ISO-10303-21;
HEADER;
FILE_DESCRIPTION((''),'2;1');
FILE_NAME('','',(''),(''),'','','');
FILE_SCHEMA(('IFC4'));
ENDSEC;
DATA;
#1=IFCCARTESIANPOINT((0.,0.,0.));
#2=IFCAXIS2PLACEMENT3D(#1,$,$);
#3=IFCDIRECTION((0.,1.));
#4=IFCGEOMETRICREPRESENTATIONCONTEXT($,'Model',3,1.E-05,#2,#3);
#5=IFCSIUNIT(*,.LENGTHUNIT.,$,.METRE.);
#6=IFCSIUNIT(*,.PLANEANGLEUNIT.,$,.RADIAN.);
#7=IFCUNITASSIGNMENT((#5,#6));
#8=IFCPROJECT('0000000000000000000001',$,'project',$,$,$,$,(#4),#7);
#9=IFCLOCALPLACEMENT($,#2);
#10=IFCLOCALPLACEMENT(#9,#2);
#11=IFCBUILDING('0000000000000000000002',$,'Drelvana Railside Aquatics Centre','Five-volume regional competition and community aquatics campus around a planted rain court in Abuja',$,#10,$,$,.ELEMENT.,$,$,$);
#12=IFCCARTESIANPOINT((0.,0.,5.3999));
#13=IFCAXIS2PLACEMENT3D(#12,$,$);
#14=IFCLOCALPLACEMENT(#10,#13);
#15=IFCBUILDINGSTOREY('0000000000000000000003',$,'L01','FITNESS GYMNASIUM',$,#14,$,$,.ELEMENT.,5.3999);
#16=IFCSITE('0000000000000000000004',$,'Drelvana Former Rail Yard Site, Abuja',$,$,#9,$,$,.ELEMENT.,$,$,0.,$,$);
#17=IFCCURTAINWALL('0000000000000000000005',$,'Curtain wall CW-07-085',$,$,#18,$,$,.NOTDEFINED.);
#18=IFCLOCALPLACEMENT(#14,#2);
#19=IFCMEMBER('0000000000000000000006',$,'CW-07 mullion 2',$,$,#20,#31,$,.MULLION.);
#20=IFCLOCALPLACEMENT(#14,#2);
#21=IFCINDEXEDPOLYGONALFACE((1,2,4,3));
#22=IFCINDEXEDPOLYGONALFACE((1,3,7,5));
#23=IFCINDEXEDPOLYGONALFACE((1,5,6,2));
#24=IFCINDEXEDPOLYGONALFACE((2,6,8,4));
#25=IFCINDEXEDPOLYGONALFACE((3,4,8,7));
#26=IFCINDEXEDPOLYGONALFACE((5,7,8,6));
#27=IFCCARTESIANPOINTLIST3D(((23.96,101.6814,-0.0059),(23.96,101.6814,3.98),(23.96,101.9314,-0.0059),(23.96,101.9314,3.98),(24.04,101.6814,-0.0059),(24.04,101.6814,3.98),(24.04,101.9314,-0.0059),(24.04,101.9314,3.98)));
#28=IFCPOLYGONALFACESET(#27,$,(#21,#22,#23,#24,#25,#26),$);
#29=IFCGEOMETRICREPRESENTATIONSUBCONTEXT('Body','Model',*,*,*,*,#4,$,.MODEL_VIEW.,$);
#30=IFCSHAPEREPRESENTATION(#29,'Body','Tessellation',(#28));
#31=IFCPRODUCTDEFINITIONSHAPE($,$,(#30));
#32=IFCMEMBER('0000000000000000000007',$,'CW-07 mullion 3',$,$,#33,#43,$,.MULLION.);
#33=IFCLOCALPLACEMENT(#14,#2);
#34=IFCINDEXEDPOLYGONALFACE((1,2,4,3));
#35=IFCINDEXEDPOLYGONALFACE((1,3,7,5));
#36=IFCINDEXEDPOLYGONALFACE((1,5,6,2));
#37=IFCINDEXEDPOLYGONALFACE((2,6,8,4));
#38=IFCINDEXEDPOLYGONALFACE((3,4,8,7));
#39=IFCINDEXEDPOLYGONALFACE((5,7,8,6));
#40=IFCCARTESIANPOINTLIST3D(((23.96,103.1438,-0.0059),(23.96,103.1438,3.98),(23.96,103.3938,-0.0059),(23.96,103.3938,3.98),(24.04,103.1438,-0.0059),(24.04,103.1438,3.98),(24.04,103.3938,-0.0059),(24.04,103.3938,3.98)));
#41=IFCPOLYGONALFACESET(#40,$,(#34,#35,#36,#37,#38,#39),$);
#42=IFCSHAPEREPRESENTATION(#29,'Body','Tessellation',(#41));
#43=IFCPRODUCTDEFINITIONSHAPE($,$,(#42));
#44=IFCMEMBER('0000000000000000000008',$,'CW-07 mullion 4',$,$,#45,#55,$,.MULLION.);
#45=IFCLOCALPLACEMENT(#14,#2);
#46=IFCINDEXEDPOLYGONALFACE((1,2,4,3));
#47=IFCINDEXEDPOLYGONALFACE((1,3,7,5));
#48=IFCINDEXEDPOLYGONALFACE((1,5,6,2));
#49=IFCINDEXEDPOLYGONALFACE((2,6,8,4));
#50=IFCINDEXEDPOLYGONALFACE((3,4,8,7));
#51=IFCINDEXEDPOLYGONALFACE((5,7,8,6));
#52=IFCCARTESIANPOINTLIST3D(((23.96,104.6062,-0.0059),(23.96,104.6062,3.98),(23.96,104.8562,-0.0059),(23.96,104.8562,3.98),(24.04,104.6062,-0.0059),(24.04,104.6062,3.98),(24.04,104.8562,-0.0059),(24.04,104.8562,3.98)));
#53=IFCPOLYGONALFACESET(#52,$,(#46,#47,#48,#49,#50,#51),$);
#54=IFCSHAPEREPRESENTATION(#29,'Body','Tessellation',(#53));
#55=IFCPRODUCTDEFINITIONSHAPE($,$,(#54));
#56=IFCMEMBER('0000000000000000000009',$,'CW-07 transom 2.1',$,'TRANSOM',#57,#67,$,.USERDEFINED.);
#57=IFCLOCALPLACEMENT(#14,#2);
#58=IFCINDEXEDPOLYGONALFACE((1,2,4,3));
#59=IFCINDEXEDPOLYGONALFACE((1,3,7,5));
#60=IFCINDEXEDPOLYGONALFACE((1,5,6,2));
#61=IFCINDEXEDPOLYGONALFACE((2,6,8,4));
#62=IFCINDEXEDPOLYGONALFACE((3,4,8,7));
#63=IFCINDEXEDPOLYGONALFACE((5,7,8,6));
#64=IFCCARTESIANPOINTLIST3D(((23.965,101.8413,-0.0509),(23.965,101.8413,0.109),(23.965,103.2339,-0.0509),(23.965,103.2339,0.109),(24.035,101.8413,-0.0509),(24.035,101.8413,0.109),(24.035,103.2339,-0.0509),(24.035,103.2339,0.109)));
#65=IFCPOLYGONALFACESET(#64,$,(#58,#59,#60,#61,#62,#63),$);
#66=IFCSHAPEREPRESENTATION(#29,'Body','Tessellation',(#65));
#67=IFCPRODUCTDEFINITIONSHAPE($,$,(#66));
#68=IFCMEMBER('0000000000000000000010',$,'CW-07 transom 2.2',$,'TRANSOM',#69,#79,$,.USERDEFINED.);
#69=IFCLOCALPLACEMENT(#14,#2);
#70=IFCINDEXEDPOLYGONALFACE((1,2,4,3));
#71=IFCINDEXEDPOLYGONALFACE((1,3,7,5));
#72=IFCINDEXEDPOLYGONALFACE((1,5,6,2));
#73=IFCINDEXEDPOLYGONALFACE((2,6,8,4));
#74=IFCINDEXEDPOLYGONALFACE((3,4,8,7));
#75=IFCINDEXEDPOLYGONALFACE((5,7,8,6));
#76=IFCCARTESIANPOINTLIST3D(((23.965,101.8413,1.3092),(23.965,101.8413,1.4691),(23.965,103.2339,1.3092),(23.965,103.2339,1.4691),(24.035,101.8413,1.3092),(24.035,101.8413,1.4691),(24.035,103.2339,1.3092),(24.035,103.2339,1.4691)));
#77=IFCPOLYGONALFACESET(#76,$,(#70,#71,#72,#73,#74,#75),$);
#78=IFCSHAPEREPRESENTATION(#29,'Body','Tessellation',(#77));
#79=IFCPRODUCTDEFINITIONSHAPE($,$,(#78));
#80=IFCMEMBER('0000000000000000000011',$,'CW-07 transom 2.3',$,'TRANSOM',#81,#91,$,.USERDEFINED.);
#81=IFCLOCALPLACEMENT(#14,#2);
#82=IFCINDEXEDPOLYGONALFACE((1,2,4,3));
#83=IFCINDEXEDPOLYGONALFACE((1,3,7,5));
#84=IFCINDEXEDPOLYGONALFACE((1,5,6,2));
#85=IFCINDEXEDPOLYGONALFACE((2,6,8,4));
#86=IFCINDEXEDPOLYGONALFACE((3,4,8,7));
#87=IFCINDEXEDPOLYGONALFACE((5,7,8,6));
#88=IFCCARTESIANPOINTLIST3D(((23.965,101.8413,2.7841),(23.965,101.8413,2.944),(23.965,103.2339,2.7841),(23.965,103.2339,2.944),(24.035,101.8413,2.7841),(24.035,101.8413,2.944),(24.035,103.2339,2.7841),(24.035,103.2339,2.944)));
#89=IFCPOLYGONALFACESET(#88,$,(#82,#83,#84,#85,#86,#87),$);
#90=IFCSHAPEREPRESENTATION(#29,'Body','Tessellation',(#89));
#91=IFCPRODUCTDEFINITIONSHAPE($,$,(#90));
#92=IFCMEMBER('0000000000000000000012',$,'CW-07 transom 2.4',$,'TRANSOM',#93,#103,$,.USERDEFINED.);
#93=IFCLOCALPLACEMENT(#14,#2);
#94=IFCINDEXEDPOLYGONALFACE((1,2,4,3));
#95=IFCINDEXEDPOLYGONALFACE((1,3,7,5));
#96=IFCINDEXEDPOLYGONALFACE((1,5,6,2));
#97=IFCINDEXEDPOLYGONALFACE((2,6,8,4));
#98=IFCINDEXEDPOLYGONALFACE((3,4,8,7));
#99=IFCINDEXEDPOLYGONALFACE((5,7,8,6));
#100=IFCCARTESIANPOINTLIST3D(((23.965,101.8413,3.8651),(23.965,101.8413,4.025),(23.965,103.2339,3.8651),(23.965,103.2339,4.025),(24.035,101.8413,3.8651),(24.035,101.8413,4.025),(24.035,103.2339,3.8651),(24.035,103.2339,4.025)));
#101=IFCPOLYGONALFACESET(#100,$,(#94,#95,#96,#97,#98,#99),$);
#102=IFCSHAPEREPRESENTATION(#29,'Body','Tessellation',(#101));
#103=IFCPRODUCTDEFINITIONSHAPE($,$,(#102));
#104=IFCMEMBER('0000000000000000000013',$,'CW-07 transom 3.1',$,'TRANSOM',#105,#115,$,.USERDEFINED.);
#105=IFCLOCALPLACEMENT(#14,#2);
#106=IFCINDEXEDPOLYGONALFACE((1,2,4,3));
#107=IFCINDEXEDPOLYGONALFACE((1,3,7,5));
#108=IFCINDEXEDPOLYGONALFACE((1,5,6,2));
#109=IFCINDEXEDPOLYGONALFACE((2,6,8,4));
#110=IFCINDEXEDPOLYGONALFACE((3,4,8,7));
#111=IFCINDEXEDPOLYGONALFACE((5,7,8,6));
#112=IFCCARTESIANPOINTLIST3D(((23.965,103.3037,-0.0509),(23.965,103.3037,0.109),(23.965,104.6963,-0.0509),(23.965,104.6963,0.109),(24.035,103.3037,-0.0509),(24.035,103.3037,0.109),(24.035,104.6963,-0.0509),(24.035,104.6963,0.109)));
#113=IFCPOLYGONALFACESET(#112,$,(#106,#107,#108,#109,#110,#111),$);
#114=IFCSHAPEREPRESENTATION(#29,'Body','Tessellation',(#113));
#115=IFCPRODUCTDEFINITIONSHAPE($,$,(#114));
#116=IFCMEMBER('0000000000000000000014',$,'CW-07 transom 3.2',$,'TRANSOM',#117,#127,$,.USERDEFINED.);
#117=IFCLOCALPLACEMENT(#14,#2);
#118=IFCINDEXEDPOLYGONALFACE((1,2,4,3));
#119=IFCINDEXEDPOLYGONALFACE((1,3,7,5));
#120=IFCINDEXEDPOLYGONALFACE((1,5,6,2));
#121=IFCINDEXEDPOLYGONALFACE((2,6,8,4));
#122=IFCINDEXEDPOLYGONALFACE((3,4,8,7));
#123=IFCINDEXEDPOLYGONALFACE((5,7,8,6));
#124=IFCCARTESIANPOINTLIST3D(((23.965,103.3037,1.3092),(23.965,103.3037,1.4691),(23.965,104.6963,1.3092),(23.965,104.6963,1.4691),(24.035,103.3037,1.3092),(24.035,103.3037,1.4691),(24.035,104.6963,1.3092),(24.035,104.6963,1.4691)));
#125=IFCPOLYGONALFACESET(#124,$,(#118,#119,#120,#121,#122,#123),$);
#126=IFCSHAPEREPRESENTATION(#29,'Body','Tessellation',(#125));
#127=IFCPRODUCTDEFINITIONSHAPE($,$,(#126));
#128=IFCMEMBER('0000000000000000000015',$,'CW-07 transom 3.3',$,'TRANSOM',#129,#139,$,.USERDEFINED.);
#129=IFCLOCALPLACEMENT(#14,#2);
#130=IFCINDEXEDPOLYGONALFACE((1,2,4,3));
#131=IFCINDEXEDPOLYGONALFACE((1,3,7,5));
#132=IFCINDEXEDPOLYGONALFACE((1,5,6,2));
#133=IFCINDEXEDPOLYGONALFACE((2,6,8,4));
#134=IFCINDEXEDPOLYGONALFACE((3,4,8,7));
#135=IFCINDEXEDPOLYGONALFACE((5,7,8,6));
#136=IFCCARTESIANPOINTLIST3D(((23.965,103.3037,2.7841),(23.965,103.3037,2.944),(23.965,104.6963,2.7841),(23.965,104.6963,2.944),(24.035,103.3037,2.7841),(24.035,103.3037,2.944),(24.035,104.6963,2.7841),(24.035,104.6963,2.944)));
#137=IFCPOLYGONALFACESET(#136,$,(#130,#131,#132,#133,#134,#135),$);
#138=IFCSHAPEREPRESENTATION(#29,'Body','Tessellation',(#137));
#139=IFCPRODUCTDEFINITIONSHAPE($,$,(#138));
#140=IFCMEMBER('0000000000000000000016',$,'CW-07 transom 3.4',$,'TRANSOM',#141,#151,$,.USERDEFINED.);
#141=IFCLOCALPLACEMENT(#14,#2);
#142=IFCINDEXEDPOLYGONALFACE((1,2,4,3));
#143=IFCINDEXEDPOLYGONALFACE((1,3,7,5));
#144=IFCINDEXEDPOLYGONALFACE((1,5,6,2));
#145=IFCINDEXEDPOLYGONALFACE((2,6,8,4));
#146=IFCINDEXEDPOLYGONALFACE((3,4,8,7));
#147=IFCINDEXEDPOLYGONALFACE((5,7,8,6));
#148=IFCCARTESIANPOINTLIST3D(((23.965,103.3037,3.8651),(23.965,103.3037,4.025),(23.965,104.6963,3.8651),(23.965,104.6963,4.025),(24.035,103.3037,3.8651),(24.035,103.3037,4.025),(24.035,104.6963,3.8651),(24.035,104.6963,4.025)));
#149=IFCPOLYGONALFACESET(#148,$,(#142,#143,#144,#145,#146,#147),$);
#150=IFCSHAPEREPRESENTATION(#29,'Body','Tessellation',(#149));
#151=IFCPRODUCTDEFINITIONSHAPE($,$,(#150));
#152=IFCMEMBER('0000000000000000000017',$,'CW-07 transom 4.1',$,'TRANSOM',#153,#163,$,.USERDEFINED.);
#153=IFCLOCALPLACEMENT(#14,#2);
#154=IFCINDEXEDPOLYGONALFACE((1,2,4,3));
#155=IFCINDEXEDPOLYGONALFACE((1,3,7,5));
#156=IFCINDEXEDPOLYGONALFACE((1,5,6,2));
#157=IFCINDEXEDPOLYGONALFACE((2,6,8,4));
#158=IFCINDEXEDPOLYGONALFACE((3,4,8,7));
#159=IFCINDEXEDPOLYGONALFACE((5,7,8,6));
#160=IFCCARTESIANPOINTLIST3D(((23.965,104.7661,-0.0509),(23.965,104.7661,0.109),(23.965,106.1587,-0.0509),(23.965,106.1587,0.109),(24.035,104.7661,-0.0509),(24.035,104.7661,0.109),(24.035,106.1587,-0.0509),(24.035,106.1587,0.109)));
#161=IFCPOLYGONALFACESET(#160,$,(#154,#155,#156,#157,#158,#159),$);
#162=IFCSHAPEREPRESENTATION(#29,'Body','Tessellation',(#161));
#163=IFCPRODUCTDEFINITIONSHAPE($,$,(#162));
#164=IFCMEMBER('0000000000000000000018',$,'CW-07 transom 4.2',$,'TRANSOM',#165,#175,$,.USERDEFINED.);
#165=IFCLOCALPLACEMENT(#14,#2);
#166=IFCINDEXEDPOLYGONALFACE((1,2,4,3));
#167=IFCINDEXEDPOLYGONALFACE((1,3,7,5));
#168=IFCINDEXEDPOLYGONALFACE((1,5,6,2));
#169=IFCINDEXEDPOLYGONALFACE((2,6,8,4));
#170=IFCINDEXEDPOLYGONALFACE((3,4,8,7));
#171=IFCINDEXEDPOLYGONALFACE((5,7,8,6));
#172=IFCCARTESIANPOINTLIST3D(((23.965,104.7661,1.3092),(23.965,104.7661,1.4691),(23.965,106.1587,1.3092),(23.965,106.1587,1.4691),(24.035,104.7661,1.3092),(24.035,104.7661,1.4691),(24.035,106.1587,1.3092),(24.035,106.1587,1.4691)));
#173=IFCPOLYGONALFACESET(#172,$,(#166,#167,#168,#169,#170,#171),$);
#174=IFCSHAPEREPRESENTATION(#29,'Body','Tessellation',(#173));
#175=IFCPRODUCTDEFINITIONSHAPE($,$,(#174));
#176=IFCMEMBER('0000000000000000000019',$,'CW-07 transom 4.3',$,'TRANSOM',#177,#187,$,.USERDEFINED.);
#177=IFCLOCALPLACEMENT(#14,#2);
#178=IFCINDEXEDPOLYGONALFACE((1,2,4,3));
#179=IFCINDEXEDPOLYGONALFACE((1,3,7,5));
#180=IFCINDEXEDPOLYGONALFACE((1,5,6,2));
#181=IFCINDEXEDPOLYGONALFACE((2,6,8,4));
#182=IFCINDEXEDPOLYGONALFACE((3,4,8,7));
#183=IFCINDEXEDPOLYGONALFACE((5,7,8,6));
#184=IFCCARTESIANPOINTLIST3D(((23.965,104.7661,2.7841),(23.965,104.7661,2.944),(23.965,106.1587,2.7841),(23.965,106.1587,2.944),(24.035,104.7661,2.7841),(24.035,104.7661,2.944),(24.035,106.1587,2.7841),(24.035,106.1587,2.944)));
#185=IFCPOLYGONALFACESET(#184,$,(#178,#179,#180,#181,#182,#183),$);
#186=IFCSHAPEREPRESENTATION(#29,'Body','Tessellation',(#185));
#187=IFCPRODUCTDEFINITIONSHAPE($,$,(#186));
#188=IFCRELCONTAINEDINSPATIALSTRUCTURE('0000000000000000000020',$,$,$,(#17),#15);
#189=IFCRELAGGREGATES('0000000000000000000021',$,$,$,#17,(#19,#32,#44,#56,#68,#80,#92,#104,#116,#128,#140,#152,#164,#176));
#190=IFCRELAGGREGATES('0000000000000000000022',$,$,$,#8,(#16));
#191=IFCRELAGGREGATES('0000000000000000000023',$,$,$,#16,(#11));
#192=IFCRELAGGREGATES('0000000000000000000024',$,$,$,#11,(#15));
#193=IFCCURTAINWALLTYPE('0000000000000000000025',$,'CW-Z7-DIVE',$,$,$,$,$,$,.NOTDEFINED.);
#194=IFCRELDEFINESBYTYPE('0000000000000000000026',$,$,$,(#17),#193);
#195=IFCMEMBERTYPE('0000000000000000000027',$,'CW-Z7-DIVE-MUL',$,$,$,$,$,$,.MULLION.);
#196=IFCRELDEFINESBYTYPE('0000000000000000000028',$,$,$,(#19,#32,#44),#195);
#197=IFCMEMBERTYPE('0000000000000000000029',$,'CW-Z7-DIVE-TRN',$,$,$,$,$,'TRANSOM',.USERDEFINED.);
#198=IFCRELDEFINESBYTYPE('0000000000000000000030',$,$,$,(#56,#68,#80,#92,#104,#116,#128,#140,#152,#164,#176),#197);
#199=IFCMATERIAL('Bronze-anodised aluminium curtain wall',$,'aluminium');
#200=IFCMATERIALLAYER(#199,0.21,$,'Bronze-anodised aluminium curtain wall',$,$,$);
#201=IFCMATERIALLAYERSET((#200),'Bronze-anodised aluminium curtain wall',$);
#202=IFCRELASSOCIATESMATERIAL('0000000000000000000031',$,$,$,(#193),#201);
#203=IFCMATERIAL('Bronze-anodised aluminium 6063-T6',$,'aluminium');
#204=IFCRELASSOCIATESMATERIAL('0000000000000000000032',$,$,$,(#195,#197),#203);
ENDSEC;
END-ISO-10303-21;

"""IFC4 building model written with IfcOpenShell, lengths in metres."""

from ifc_helpers import new_model, si_unit, direction, frame, origin, origin_2d, place, context, subcontext, project, spatial, rectangle, extrude, material, layer, layer_set, material_profile, profile_set, type_object, element, aggregate, save


model = new_model("IFC4")

# Units and contexts
model_context = context("Model", 3, precision=1e-05, world=origin(), true_north=direction((0.0, 1.0)))
body_context = subcontext(model_context, "Body", "Model", "MODEL_VIEW")
ifc_project = project(units=[si_unit("LENGTHUNIT", "METRE"), si_unit("PLANEANGLEUNIT", "RADIAN")], contexts=[model_context])

# Site, building, storey
site_placement = place(None, origin())
site = spatial("IfcSite", under=ifc_project, at=site_placement, Name="Drelvana Former Rail Yard Site, Abuja", CompositionType="ELEMENT", RefElevation=0.0)
building_placement = place(site_placement, origin())
building = spatial("IfcBuilding", under=site, at=building_placement, Name="Drelvana Railside Aquatics Centre", Description="Five-volume regional competition and community aquatics campus around a planted rain court in Abuja", CompositionType="ELEMENT")
storey_placement = place(building_placement, frame((0.0, 0.0, 5.3999)))
storey = spatial("IfcBuildingStorey", under=building, at=storey_placement, Name="L01", Description="FITNESS GYMNASIUM", CompositionType="ELEMENT", Elevation=5.3999)

# Curtain wall, members
ifc_material_1 = material(Name="Bronze-anodised aluminium curtain wall", Category="aluminium")
ifc_layer_1 = layer(ifc_material_1, 0.21, Name="Bronze-anodised aluminium curtain wall")
ifc_layer_set_1 = layer_set([ifc_layer_1], Name="Bronze-anodised aluminium curtain wall")
curtain_wall_type = type_object("IfcCurtainWallType", Name="CW-Z7-DIVE", PredefinedType="NOTDEFINED", material=ifc_layer_set_1)
curtain_wall_placement = place(storey_placement, origin())
curtain_wall = element("IfcCurtainWall", 1, at=curtain_wall_placement, inside=storey, type_object=curtain_wall_type, Name="Curtain wall CW-07-085", PredefinedType="NOTDEFINED")
ifc_material_2 = material(Name="Bronze-anodised aluminium 6063-T6", Category="aluminium")
ifc_material_profile_1 = material_profile(ifc_material_2, rectangle(XDim=0.0801, YDim=0.25, at=origin_2d()), Name="ALU-M 80x250")
ifc_profile_set_1 = profile_set([ifc_material_profile_1], Name="Bronze-anodised aluminium 6063-T6")
member_type_1 = type_object("IfcMemberType", Name="CW-Z7-DIVE-MUL", PredefinedType="MULLION", material=ifc_profile_set_1)
member_1_placement = place(storey_placement, frame((24.0, 101.8064, -0.0059), z_axis=(0.0, 0.0, 1.0), x_axis=(-1.0, 0.0, 0.0)))
member_1 = element("IfcMember", 2, at=member_1_placement, type_object=member_type_1, Name="CW-07 mullion 2", PredefinedType="MULLION", context=body_context, shape_type="SweptSolid", body=[
    extrude(rectangle(XDim=0.0801, YDim=0.25, at=origin_2d()), origin(), (0.0, 0.0, 1.0), 3.9858),
])
member_2_placement = place(storey_placement, frame((24.0, 103.2688, -0.0059), z_axis=(0.0, 0.0, 1.0), x_axis=(-1.0, 0.0, 0.0)))
member_2 = element("IfcMember", 3, at=member_2_placement, type_object=member_type_1, Name="CW-07 mullion 3", PredefinedType="MULLION", context=body_context, shape_type="SweptSolid", body=[
    extrude(rectangle(XDim=0.0801, YDim=0.25, at=origin_2d()), origin(), (0.0, 0.0, 1.0), 3.9858),
])
member_3_placement = place(storey_placement, frame((24.0, 104.7312, -0.0059), z_axis=(0.0, 0.0, 1.0), x_axis=(-1.0, 0.0, 0.0)))
member_3 = element("IfcMember", 4, at=member_3_placement, type_object=member_type_1, Name="CW-07 mullion 4", PredefinedType="MULLION", context=body_context, shape_type="SweptSolid", body=[
    extrude(rectangle(XDim=0.0801, YDim=0.25, at=origin_2d()), origin(), (0.0, 0.0, 1.0), 3.9858),
])
ifc_material_profile_2 = material_profile(ifc_material_2, rectangle(XDim=0.1599, YDim=0.0701, at=origin_2d()), Name="ALU-T 70x160")
ifc_profile_set_2 = profile_set([ifc_material_profile_2], Name="Bronze-anodised aluminium 6063-T6")
member_type_2 = type_object("IfcMemberType", Name="CW-Z7-DIVE-TRN", ElementType="TRANSOM", PredefinedType="USERDEFINED", material=ifc_profile_set_2)
member_4_placement = place(storey_placement, frame((24.0, 101.8413, 0.0291), z_axis=(0.0, 1.0, 0.0), x_axis=(0.0, 0.0, 1.0)))
member_4 = element("IfcMember", 5, at=member_4_placement, type_object=member_type_2, Name="CW-07 transom 2.1", ObjectType="TRANSOM", PredefinedType="USERDEFINED", context=body_context, shape_type="SweptSolid", body=[
    extrude(rectangle(XDim=0.1599, YDim=0.0701, at=origin_2d()), origin(), (0.0, 0.0, 1.0), 1.3926),
])
member_5_placement = place(storey_placement, frame((24.0, 101.8413, 1.3892), z_axis=(0.0, 1.0, 0.0), x_axis=(0.0, 0.0, 1.0)))
member_5 = element("IfcMember", 6, at=member_5_placement, type_object=member_type_2, Name="CW-07 transom 2.2", ObjectType="TRANSOM", PredefinedType="USERDEFINED", context=body_context, shape_type="SweptSolid", body=[
    extrude(rectangle(XDim=0.1599, YDim=0.0701, at=origin_2d()), origin(), (0.0, 0.0, 1.0), 1.3926),
])
member_6_placement = place(storey_placement, frame((24.0, 101.8413, 2.864), z_axis=(0.0, 1.0, 0.0), x_axis=(0.0, 0.0, 1.0)))
member_6 = element("IfcMember", 7, at=member_6_placement, type_object=member_type_2, Name="CW-07 transom 2.3", ObjectType="TRANSOM", PredefinedType="USERDEFINED", context=body_context, shape_type="SweptSolid", body=[
    extrude(rectangle(XDim=0.1599, YDim=0.0701, at=origin_2d()), origin(), (0.0, 0.0, 1.0), 1.3926),
])
member_7_placement = place(storey_placement, frame((24.0, 101.8413, 3.9451), z_axis=(0.0, 1.0, 0.0), x_axis=(0.0, 0.0, 1.0)))
member_7 = element("IfcMember", 8, at=member_7_placement, type_object=member_type_2, Name="CW-07 transom 2.4", ObjectType="TRANSOM", PredefinedType="USERDEFINED", context=body_context, shape_type="SweptSolid", body=[
    extrude(rectangle(XDim=0.1599, YDim=0.0701, at=origin_2d()), origin(), (0.0, 0.0, 1.0), 1.3926),
])
member_8_placement = place(storey_placement, frame((24.0, 103.3037, 0.0291), z_axis=(0.0, 1.0, 0.0), x_axis=(0.0, 0.0, 1.0)))
member_8 = element("IfcMember", 9, at=member_8_placement, type_object=member_type_2, Name="CW-07 transom 3.1", ObjectType="TRANSOM", PredefinedType="USERDEFINED", context=body_context, shape_type="SweptSolid", body=[
    extrude(rectangle(XDim=0.1599, YDim=0.0701, at=origin_2d()), origin(), (0.0, 0.0, 1.0), 1.3926),
])
member_9_placement = place(storey_placement, frame((24.0, 103.3037, 1.3892), z_axis=(0.0, 1.0, 0.0), x_axis=(0.0, 0.0, 1.0)))
member_9 = element("IfcMember", 10, at=member_9_placement, type_object=member_type_2, Name="CW-07 transom 3.2", ObjectType="TRANSOM", PredefinedType="USERDEFINED", context=body_context, shape_type="SweptSolid", body=[
    extrude(rectangle(XDim=0.1599, YDim=0.0701, at=origin_2d()), origin(), (0.0, 0.0, 1.0), 1.3926),
])
member_10_placement = place(storey_placement, frame((24.0, 103.3037, 2.864), z_axis=(0.0, 1.0, 0.0), x_axis=(0.0, 0.0, 1.0)))
member_10 = element("IfcMember", 11, at=member_10_placement, type_object=member_type_2, Name="CW-07 transom 3.3", ObjectType="TRANSOM", PredefinedType="USERDEFINED", context=body_context, shape_type="SweptSolid", body=[
    extrude(rectangle(XDim=0.1599, YDim=0.0701, at=origin_2d()), origin(), (0.0, 0.0, 1.0), 1.3926),
])
member_11_placement = place(storey_placement, frame((24.0, 103.3037, 3.9451), z_axis=(0.0, 1.0, 0.0), x_axis=(0.0, 0.0, 1.0)))
member_11 = element("IfcMember", 12, at=member_11_placement, type_object=member_type_2, Name="CW-07 transom 3.4", ObjectType="TRANSOM", PredefinedType="USERDEFINED", context=body_context, shape_type="SweptSolid", body=[
    extrude(rectangle(XDim=0.1599, YDim=0.0701, at=origin_2d()), origin(), (0.0, 0.0, 1.0), 1.3926),
])
member_12_placement = place(storey_placement, frame((24.0, 104.7661, 0.0291), z_axis=(0.0, 1.0, 0.0), x_axis=(0.0, 0.0, 1.0)))
member_12 = element("IfcMember", 13, at=member_12_placement, type_object=member_type_2, Name="CW-07 transom 4.1", ObjectType="TRANSOM", PredefinedType="USERDEFINED", context=body_context, shape_type="SweptSolid", body=[
    extrude(rectangle(XDim=0.1599, YDim=0.0701, at=origin_2d()), origin(), (0.0, 0.0, 1.0), 1.3926),
])
member_13_placement = place(storey_placement, frame((24.0, 104.7661, 1.3892), z_axis=(0.0, 1.0, 0.0), x_axis=(0.0, 0.0, 1.0)))
member_13 = element("IfcMember", 14, at=member_13_placement, type_object=member_type_2, Name="CW-07 transom 4.2", ObjectType="TRANSOM", PredefinedType="USERDEFINED", context=body_context, shape_type="SweptSolid", body=[
    extrude(rectangle(XDim=0.1599, YDim=0.0701, at=origin_2d()), origin(), (0.0, 0.0, 1.0), 1.3926),
])
member_14_placement = place(storey_placement, frame((24.0, 104.7661, 2.864), z_axis=(0.0, 1.0, 0.0), x_axis=(0.0, 0.0, 1.0)))
member_14 = element("IfcMember", 15, at=member_14_placement, type_object=member_type_2, Name="CW-07 transom 4.3", ObjectType="TRANSOM", PredefinedType="USERDEFINED", context=body_context, shape_type="SweptSolid", body=[
    extrude(rectangle(XDim=0.1599, YDim=0.0701, at=origin_2d()), origin(), (0.0, 0.0, 1.0), 1.3926),
])
aggregate(curtain_wall, [member_1, member_2, member_3, member_4, member_5, member_6, member_7, member_8, member_9, member_10, member_11, member_12, member_13, member_14])

save(model, "model.ifc")
